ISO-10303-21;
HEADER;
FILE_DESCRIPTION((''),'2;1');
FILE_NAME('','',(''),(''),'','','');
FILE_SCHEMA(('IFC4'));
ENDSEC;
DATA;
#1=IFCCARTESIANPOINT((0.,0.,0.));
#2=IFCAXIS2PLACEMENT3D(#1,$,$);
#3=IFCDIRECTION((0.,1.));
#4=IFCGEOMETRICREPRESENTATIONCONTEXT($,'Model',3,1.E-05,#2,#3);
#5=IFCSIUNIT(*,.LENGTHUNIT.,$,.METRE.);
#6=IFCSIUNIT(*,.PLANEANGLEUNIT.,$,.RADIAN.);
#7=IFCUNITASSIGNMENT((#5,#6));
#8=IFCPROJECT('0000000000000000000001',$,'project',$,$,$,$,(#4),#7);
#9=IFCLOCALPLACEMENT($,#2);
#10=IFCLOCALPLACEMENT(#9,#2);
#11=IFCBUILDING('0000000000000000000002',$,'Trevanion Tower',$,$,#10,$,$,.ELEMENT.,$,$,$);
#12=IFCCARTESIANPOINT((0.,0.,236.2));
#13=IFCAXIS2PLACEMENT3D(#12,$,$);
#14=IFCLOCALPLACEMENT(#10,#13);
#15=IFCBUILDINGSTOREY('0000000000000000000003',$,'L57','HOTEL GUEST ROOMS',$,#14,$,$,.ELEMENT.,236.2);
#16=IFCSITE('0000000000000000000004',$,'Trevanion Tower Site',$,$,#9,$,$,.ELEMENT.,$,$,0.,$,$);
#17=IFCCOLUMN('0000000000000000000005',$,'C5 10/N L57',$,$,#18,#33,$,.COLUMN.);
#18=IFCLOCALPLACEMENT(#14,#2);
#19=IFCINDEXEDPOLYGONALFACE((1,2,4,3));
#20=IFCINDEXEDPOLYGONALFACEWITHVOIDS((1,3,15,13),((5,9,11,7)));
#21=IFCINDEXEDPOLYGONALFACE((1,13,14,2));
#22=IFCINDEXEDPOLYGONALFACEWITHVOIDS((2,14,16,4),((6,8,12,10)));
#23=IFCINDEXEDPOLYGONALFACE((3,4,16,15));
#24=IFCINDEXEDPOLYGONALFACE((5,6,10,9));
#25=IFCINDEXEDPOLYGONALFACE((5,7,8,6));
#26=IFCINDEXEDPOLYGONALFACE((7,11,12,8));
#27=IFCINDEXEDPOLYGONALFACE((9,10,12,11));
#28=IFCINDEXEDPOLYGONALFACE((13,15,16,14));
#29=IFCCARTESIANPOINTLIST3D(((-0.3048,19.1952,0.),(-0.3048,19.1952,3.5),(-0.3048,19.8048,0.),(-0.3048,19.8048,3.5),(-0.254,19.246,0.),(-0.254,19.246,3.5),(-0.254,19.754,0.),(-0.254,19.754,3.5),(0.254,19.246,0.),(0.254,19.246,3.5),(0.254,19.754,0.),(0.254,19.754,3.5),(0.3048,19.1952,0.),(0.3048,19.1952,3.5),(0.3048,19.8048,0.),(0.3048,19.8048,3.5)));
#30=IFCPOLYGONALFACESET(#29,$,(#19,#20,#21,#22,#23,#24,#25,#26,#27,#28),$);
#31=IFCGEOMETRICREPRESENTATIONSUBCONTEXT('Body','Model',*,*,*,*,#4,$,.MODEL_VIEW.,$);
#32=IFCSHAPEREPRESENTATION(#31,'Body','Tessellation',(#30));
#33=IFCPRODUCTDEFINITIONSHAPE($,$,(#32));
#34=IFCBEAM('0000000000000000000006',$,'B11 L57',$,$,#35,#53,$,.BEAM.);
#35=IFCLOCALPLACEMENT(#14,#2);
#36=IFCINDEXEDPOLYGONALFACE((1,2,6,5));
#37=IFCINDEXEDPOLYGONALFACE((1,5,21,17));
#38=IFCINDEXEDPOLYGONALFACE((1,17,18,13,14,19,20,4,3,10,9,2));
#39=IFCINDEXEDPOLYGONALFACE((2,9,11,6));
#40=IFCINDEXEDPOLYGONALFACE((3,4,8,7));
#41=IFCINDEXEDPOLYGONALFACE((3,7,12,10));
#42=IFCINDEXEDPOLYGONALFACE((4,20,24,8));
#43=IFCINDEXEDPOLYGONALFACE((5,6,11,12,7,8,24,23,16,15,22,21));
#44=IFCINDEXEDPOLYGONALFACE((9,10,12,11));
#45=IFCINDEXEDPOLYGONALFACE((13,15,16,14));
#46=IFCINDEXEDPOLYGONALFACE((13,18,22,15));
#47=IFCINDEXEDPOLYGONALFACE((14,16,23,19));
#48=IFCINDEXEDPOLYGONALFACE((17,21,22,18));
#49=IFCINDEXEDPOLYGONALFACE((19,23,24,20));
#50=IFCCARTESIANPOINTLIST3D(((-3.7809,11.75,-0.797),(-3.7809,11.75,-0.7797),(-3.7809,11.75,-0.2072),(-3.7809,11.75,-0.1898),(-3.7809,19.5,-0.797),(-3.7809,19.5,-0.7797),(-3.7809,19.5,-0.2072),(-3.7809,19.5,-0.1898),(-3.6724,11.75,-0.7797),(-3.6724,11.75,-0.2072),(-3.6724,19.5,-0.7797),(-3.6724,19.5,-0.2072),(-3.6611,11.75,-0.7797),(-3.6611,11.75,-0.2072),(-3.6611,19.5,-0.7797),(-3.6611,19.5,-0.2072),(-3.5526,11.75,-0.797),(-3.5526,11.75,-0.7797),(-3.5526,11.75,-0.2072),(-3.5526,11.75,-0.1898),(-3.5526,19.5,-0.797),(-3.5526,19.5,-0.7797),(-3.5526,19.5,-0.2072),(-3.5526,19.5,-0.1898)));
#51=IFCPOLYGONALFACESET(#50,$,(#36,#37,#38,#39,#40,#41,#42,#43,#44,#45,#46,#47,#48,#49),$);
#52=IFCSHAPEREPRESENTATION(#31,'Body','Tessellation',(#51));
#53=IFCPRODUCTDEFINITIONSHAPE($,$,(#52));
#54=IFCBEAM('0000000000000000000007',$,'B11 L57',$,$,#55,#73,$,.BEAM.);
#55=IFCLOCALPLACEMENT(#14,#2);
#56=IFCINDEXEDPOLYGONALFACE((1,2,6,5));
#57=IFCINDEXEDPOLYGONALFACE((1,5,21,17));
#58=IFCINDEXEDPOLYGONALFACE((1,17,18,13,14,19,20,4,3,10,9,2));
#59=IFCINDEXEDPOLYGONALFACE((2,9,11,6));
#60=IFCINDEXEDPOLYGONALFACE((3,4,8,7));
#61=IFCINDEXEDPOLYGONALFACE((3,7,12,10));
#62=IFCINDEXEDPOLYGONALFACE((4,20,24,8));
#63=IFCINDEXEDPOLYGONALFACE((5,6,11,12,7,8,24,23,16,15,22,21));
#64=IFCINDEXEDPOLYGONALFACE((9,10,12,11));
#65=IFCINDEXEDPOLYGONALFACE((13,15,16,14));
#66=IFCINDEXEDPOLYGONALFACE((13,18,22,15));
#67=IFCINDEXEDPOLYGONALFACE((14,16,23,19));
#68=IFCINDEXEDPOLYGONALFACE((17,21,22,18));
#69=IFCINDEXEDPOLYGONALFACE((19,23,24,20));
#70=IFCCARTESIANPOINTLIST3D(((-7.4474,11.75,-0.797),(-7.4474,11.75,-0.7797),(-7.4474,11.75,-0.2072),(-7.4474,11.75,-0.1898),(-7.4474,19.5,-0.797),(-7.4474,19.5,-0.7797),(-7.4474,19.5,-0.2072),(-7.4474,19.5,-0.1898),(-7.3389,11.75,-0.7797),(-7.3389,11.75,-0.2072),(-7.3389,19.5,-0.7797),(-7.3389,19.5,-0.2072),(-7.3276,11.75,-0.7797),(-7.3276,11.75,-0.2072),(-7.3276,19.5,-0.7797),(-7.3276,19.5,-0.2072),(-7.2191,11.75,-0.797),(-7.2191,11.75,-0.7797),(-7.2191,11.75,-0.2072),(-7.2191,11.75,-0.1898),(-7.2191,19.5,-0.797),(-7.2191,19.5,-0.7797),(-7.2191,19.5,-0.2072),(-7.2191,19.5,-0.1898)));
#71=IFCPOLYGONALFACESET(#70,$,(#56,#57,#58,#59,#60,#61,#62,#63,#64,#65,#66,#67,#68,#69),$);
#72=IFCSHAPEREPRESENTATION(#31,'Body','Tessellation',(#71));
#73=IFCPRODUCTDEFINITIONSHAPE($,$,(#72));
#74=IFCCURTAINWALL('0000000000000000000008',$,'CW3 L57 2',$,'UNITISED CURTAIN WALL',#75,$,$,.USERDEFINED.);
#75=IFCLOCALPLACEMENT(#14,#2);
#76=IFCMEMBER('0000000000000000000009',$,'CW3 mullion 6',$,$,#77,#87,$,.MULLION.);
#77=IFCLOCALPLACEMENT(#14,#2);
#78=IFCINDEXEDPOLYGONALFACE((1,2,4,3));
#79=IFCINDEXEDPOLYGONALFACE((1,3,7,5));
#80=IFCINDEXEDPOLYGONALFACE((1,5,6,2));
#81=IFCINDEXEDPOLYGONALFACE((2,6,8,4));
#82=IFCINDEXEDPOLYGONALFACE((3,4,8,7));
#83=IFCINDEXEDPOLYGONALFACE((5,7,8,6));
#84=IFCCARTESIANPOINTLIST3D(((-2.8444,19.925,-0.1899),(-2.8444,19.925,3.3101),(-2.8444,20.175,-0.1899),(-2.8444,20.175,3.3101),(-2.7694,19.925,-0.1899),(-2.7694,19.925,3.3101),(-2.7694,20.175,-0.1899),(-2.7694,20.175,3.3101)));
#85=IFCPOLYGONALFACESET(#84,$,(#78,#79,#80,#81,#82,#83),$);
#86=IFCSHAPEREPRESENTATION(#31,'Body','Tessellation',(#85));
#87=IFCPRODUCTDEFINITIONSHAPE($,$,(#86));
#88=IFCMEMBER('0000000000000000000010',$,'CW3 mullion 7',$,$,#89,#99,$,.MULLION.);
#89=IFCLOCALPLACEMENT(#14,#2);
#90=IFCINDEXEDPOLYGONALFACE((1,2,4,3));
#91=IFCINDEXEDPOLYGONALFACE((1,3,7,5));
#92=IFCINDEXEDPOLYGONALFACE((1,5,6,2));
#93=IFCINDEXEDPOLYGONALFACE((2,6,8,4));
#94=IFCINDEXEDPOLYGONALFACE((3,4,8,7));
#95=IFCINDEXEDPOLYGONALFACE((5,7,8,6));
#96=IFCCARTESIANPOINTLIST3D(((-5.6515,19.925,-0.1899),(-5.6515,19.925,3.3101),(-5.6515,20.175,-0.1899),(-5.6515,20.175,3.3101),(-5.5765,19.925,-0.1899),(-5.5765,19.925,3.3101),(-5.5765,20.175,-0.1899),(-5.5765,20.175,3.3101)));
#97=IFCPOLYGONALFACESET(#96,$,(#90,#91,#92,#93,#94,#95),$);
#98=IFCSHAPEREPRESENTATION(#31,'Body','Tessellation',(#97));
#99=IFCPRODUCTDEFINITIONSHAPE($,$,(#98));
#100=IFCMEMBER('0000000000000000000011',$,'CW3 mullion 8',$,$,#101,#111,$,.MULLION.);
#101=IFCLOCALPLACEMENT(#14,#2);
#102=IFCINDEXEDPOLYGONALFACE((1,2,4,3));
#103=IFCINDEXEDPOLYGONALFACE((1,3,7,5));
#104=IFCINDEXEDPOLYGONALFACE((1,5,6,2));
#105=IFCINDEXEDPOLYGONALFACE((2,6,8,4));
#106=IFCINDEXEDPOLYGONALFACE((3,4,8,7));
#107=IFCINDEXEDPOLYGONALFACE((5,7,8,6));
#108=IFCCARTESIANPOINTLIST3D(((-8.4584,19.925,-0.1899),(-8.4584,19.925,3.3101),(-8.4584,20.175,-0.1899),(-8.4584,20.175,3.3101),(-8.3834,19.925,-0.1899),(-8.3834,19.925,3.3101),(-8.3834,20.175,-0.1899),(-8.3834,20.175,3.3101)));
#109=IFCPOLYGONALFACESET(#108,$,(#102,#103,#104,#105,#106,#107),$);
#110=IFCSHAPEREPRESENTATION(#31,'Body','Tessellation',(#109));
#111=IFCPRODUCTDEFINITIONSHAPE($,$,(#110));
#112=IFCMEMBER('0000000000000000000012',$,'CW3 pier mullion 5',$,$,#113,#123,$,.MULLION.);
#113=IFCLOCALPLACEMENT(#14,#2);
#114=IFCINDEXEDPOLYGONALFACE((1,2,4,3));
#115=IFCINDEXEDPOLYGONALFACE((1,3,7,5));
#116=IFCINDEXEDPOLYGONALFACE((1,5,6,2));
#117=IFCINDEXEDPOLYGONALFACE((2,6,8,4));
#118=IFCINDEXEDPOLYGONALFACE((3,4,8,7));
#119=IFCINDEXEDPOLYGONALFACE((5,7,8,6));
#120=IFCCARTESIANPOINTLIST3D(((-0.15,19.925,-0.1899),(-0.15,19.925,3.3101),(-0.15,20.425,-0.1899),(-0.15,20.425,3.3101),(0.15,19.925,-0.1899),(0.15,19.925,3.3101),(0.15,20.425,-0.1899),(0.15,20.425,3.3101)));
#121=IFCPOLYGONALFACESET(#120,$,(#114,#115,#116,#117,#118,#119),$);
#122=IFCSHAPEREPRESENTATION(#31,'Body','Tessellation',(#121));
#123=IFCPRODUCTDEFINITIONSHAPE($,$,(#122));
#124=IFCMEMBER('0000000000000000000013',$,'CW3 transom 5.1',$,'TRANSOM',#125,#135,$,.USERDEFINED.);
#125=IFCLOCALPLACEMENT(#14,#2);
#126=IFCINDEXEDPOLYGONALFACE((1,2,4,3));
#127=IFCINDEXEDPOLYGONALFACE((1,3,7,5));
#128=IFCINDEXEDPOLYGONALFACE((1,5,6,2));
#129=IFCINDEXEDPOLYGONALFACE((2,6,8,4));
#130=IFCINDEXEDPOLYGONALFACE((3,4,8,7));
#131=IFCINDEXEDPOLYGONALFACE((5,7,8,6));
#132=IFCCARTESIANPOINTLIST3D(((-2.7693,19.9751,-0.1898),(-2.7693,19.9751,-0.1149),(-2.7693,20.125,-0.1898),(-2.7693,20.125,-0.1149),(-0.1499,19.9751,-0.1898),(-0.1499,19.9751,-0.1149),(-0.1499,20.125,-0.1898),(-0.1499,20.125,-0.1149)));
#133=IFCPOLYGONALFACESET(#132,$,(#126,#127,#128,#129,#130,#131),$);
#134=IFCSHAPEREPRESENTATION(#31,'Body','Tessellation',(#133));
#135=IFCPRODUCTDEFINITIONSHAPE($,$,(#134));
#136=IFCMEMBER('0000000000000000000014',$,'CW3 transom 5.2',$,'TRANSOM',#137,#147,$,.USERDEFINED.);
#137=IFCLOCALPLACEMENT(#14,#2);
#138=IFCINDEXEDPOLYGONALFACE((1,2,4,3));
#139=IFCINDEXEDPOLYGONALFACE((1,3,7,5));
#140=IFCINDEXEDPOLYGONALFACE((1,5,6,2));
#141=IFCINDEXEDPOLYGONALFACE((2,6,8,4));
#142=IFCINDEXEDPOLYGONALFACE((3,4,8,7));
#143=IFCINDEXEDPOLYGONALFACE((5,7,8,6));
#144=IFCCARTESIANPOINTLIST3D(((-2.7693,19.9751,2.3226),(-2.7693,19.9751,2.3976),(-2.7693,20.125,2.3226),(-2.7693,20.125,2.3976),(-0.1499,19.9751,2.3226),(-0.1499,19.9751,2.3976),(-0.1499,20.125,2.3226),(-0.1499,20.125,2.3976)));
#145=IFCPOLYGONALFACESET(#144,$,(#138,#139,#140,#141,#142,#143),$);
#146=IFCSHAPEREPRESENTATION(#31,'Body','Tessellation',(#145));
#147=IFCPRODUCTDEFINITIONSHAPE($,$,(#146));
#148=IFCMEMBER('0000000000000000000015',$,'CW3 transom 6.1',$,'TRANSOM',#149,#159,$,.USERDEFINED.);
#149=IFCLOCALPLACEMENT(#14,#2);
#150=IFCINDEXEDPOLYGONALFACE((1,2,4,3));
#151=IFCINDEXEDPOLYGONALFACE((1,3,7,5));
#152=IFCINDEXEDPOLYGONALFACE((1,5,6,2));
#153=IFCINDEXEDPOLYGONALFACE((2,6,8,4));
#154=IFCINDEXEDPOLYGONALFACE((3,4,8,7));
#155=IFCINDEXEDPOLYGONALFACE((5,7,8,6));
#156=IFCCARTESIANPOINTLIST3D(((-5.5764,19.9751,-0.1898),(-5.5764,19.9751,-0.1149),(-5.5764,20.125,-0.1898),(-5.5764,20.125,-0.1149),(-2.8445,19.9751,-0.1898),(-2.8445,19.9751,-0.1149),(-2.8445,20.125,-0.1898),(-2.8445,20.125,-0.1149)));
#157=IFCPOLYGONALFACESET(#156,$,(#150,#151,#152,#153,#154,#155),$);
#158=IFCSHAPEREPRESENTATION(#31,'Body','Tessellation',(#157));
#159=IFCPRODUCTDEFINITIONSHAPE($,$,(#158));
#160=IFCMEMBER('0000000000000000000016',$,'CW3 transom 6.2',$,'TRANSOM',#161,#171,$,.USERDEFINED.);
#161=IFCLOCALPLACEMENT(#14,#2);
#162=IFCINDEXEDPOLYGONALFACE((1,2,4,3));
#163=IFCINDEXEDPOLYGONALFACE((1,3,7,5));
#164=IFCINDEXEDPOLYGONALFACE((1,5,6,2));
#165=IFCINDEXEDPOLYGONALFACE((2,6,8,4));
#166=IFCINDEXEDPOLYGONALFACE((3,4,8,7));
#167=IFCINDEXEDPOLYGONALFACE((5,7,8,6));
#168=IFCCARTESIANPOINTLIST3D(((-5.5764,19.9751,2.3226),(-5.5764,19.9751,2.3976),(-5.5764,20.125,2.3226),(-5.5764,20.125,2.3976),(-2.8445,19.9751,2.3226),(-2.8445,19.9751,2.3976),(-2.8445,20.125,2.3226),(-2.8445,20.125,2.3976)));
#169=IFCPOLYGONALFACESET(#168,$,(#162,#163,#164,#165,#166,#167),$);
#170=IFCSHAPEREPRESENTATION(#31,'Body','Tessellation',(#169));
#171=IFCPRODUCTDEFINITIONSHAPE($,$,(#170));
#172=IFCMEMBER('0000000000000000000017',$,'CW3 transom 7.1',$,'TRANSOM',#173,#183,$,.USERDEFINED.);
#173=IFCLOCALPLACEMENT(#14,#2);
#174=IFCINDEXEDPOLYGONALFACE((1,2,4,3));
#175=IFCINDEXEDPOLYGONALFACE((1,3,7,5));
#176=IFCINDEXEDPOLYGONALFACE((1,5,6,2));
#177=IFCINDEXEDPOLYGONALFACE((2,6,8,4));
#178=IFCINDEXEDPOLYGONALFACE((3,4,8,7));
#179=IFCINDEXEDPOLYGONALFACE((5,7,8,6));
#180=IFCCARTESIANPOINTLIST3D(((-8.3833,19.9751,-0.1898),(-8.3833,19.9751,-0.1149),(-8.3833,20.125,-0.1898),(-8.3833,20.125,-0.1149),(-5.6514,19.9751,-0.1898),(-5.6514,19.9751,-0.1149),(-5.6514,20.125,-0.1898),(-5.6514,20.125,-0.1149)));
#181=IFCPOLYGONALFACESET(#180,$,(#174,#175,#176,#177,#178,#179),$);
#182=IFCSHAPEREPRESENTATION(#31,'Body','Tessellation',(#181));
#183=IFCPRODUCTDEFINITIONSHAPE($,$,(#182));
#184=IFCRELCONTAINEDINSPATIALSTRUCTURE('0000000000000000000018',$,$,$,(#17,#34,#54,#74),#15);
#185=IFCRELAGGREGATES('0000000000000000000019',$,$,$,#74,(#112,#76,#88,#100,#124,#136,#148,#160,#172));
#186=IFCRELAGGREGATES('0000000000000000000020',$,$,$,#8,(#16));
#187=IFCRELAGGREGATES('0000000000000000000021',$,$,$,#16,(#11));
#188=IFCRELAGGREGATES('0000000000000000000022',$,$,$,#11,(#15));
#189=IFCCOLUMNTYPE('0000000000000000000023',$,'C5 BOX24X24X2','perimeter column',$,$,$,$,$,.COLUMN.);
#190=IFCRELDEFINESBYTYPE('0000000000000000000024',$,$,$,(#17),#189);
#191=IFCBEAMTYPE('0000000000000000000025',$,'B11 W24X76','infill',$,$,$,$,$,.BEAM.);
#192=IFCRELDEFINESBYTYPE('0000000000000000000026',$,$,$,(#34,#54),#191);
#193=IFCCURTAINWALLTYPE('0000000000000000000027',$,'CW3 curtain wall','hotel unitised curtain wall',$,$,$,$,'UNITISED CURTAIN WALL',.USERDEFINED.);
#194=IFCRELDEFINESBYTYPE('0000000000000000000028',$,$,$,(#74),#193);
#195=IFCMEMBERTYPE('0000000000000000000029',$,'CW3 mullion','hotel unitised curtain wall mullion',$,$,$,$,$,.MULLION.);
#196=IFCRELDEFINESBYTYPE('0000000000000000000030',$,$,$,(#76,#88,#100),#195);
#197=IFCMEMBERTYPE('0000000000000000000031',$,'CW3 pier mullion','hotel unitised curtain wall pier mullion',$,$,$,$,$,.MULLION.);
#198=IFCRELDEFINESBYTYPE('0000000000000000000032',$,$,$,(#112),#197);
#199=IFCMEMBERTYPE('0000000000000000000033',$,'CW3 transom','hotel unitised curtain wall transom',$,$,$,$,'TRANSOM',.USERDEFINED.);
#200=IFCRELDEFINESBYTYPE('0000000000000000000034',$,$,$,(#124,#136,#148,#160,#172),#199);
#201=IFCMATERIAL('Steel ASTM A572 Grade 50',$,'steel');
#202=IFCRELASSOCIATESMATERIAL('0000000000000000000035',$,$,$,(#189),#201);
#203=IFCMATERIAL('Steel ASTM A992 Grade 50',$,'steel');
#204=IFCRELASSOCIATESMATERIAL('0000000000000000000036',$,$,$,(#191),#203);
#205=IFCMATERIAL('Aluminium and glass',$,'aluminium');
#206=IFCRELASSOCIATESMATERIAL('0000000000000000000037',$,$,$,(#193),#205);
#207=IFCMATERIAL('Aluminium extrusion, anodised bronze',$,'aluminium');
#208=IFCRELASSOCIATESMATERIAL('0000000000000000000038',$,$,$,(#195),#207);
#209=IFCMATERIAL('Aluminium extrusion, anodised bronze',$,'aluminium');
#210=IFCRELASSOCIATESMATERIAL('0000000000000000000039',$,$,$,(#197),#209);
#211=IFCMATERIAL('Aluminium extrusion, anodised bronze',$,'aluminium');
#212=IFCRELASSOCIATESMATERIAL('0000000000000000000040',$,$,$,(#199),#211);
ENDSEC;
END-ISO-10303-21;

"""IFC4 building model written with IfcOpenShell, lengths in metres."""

from ifc_helpers import new_model, si_unit, direction, frame, origin, origin_2d, place, context, subcontext, project, spatial, rectangle, hollow_rectangle, i_section, extrude, material, material_profile, profile_set, type_object, element, aggregate, save


model = new_model("IFC4")

# Units and contexts
model_context = context("Model", 3, precision=1e-05, world=origin(), true_north=direction((0.0, 1.0)))
body_context = subcontext(model_context, "Body", "Model", "MODEL_VIEW")
ifc_project = project(units=[si_unit("LENGTHUNIT", "METRE"), si_unit("PLANEANGLEUNIT", "RADIAN")], contexts=[model_context])

# Site, building, storey
site_placement = place(None, origin())
site = spatial("IfcSite", under=ifc_project, at=site_placement, Name="Trevanion Tower Site", CompositionType="ELEMENT", RefElevation=0.0)
building_placement = place(site_placement, origin())
building = spatial("IfcBuilding", under=site, at=building_placement, Name="Trevanion Tower", CompositionType="ELEMENT")
storey_placement = place(building_placement, frame((0.0, 0.0, 236.2)))
storey = spatial("IfcBuildingStorey", under=building, at=storey_placement, Name="L57", Description="HOTEL GUEST ROOMS", CompositionType="ELEMENT", Elevation=236.2)

# Column
ifc_material_1 = material(Name="Steel ASTM A572 Grade 50", Category="steel")
ifc_material_profile_1 = material_profile(ifc_material_1, hollow_rectangle(XDim=0.6096, YDim=0.6096, WallThickness=0.0508, at=origin_2d()), Name="BOX24X24X2")
ifc_profile_set_1 = profile_set([ifc_material_profile_1], Name="Steel ASTM A572 Grade 50")
column_type = type_object("IfcColumnType", Name="C5 BOX24X24X2", Description="perimeter column", PredefinedType="COLUMN", material=ifc_profile_set_1)
column_placement = place(storey_placement, frame((0.0, 19.5, 0.0), z_axis=(0.0, 0.0, 1.0), x_axis=(1.0, 0.0, 0.0)))
element("IfcColumn", 1, at=column_placement, inside=storey, type_object=column_type, Name="C5 10/N L57", PredefinedType="COLUMN", context=body_context, shape_type="SweptSolid", body=[
    extrude(hollow_rectangle(XDim=0.6096, YDim=0.6096, WallThickness=0.0508, at=origin_2d()), origin(), (0.0, 0.0, 1.0), 3.5),
])

# Beams
ifc_material_2 = material(Name="Steel ASTM A992 Grade 50", Category="steel")
ifc_material_profile_2 = material_profile(ifc_material_2, i_section(OverallWidth=0.2283, OverallDepth=0.6072, WebThickness=0.0112, FlangeThickness=0.0173, at=origin_2d()), Name="W24X76")
ifc_profile_set_2 = profile_set([ifc_material_profile_2], Name="Steel ASTM A992 Grade 50")
beam_type_1 = type_object("IfcBeamType", Name="B11 W24X76", Description="infill", PredefinedType="BEAM", material=ifc_profile_set_2)
for number, where, z_axis, x_axis, name in (
    (2, (-3.6667, 11.75, -0.4934), (0.0, 1.0, 0.0), (-1.0, 0.0, 0.0), "B11 L57"),
    (3, (-7.3333, 11.75, -0.4934), (0.0, 1.0, 0.0), (-1.0, 0.0, 0.0), "B11 L57"),
):
    element("IfcBeam", number, at=place(storey_placement, frame(where, z_axis=z_axis, x_axis=x_axis)), inside=storey, type_object=beam_type_1, Name=name, PredefinedType="BEAM", context=body_context, shape_type="SweptSolid", body=[
        extrude(i_section(OverallWidth=0.2283, OverallDepth=0.6072, WebThickness=0.0112, FlangeThickness=0.0173, at=origin_2d()), origin(), (0.0, 0.0, 1.0), 7.75),
    ])

# Curtain wall, members
ifc_material_3 = material(Name="Aluminium and glass", Category="aluminium")
curtain_wall_type = type_object("IfcCurtainWallType", Name="CW3 curtain wall", Description="hotel unitised curtain wall", ElementType="UNITISED CURTAIN WALL", PredefinedType="USERDEFINED", material=ifc_material_3)
curtain_wall_placement = place(storey_placement, origin())
curtain_wall = element("IfcCurtainWall", 4, at=curtain_wall_placement, inside=storey, type_object=curtain_wall_type, Name="CW3 L57 2", ObjectType="UNITISED CURTAIN WALL", PredefinedType="USERDEFINED")
ifc_material_4 = material(Name="Aluminium extrusion, anodised bronze", Category="aluminium")
ifc_material_profile_3 = material_profile(ifc_material_4, rectangle(XDim=0.075, YDim=0.25, at=origin_2d()), Name="CW3 mullion")
ifc_profile_set_3 = profile_set([ifc_material_profile_3], Name="Aluminium extrusion, anodised bronze")
member_type_1 = type_object("IfcMemberType", Name="CW3 mullion", Description="hotel unitised curtain wall mullion", PredefinedType="MULLION", material=ifc_profile_set_3)
member_1_placement = place(storey_placement, frame((-2.8069, 20.05, -0.1899), z_axis=(0.0, 0.0, 1.0), x_axis=(-1.0, 0.0, 0.0)))
member_1 = element("IfcMember", 5, at=member_1_placement, type_object=member_type_1, Name="CW3 mullion 6", PredefinedType="MULLION", context=body_context, shape_type="SweptSolid", body=[
    extrude(rectangle(XDim=0.075, YDim=0.25, at=origin_2d()), origin(), (0.0, 0.0, 1.0), 3.5),
])
member_2_placement = place(storey_placement, frame((-5.614, 20.05, -0.1899), z_axis=(0.0, 0.0, 1.0), x_axis=(-1.0, 0.0, 0.0)))
member_2 = element("IfcMember", 6, at=member_2_placement, type_object=member_type_1, Name="CW3 mullion 7", PredefinedType="MULLION", context=body_context, shape_type="SweptSolid", body=[
    extrude(rectangle(XDim=0.075, YDim=0.25, at=origin_2d()), origin(), (0.0, 0.0, 1.0), 3.5),
])
member_3_placement = place(storey_placement, frame((-8.4209, 20.05, -0.1899), z_axis=(0.0, 0.0, 1.0), x_axis=(-1.0, 0.0, 0.0)))
member_3 = element("IfcMember", 7, at=member_3_placement, type_object=member_type_1, Name="CW3 mullion 8", PredefinedType="MULLION", context=body_context, shape_type="SweptSolid", body=[
    extrude(rectangle(XDim=0.075, YDim=0.25, at=origin_2d()), origin(), (0.0, 0.0, 1.0), 3.5),
])
ifc_material_5 = material(Name="Aluminium extrusion, anodised bronze", Category="aluminium")
ifc_material_profile_4 = material_profile(ifc_material_5, rectangle(XDim=0.3, YDim=0.5, at=origin_2d()), Name="CW3 pier mullion")
ifc_profile_set_4 = profile_set([ifc_material_profile_4], Name="Aluminium extrusion, anodised bronze")
member_type_2 = type_object("IfcMemberType", Name="CW3 pier mullion", Description="hotel unitised curtain wall pier mullion", PredefinedType="MULLION", material=ifc_profile_set_4)
member_4_placement = place(storey_placement, frame((0.0, 20.175, -0.1899), z_axis=(0.0, 0.0, 1.0), x_axis=(-1.0, 0.0, 0.0)))
member_4 = element("IfcMember", 8, at=member_4_placement, type_object=member_type_2, Name="CW3 pier mullion 5", PredefinedType="MULLION", context=body_context, shape_type="SweptSolid", body=[
    extrude(rectangle(XDim=0.3, YDim=0.5, at=origin_2d()), origin(), (0.0, 0.0, 1.0), 3.5),
])
ifc_material_6 = material(Name="Aluminium extrusion, anodised bronze", Category="aluminium")
ifc_material_profile_5 = material_profile(ifc_material_6, rectangle(XDim=0.1499, YDim=0.075, at=origin_2d()), Name="CW3 transom")
ifc_profile_set_5 = profile_set([ifc_material_profile_5], Name="Aluminium extrusion, anodised bronze")
member_type_3 = type_object("IfcMemberType", Name="CW3 transom", Description="hotel unitised curtain wall transom", ElementType="TRANSOM", PredefinedType="USERDEFINED", material=ifc_profile_set_5)
member_5_placement = place(storey_placement, frame((-0.1499, 20.05, -0.1523), z_axis=(-1.0, 0.0, 0.0), x_axis=(0.0, -1.0, 0.0)))
member_5 = element("IfcMember", 9, at=member_5_placement, type_object=member_type_3, Name="CW3 transom 5.1", ObjectType="TRANSOM", PredefinedType="USERDEFINED", context=body_context, shape_type="SweptSolid", body=[
    extrude(rectangle(XDim=0.1499, YDim=0.075, at=origin_2d()), origin(), (0.0, 0.0, 1.0), 2.6194),
])
member_6_placement = place(storey_placement, frame((-0.1499, 20.05, 2.3601), z_axis=(-1.0, 0.0, 0.0), x_axis=(0.0, -1.0, 0.0)))
member_6 = element("IfcMember", 10, at=member_6_placement, type_object=member_type_3, Name="CW3 transom 5.2", ObjectType="TRANSOM", PredefinedType="USERDEFINED", context=body_context, shape_type="SweptSolid", body=[
    extrude(rectangle(XDim=0.1499, YDim=0.075, at=origin_2d()), origin(), (0.0, 0.0, 1.0), 2.6194),
])
member_7_placement = place(storey_placement, frame((-2.8445, 20.05, -0.1523), z_axis=(-1.0, 0.0, 0.0), x_axis=(0.0, -1.0, 0.0)))
member_7 = element("IfcMember", 11, at=member_7_placement, type_object=member_type_3, Name="CW3 transom 6.1", ObjectType="TRANSOM", PredefinedType="USERDEFINED", context=body_context, shape_type="SweptSolid", body=[
    extrude(rectangle(XDim=0.1499, YDim=0.075, at=origin_2d()), origin(), (0.0, 0.0, 1.0), 2.7319),
])
member_8_placement = place(storey_placement, frame((-2.8445, 20.05, 2.3601), z_axis=(-1.0, 0.0, 0.0), x_axis=(0.0, -1.0, 0.0)))
member_8 = element("IfcMember", 12, at=member_8_placement, type_object=member_type_3, Name="CW3 transom 6.2", ObjectType="TRANSOM", PredefinedType="USERDEFINED", context=body_context, shape_type="SweptSolid", body=[
    extrude(rectangle(XDim=0.1499, YDim=0.075, at=origin_2d()), origin(), (0.0, 0.0, 1.0), 2.7319),
])
member_9_placement = place(storey_placement, frame((-5.6514, 20.05, -0.1523), z_axis=(-1.0, 0.0, 0.0), x_axis=(0.0, -1.0, 0.0)))
member_9 = element("IfcMember", 13, at=member_9_placement, type_object=member_type_3, Name="CW3 transom 7.1", ObjectType="TRANSOM", PredefinedType="USERDEFINED", context=body_context, shape_type="SweptSolid", body=[
    extrude(rectangle(XDim=0.1499, YDim=0.075, at=origin_2d()), origin(), (0.0, 0.0, 1.0), 2.7319),
])

aggregate(curtain_wall, [member_4, member_1, member_2, member_3, member_5, member_6, member_7, member_8, member_9])

save(model, "model.ifc")
